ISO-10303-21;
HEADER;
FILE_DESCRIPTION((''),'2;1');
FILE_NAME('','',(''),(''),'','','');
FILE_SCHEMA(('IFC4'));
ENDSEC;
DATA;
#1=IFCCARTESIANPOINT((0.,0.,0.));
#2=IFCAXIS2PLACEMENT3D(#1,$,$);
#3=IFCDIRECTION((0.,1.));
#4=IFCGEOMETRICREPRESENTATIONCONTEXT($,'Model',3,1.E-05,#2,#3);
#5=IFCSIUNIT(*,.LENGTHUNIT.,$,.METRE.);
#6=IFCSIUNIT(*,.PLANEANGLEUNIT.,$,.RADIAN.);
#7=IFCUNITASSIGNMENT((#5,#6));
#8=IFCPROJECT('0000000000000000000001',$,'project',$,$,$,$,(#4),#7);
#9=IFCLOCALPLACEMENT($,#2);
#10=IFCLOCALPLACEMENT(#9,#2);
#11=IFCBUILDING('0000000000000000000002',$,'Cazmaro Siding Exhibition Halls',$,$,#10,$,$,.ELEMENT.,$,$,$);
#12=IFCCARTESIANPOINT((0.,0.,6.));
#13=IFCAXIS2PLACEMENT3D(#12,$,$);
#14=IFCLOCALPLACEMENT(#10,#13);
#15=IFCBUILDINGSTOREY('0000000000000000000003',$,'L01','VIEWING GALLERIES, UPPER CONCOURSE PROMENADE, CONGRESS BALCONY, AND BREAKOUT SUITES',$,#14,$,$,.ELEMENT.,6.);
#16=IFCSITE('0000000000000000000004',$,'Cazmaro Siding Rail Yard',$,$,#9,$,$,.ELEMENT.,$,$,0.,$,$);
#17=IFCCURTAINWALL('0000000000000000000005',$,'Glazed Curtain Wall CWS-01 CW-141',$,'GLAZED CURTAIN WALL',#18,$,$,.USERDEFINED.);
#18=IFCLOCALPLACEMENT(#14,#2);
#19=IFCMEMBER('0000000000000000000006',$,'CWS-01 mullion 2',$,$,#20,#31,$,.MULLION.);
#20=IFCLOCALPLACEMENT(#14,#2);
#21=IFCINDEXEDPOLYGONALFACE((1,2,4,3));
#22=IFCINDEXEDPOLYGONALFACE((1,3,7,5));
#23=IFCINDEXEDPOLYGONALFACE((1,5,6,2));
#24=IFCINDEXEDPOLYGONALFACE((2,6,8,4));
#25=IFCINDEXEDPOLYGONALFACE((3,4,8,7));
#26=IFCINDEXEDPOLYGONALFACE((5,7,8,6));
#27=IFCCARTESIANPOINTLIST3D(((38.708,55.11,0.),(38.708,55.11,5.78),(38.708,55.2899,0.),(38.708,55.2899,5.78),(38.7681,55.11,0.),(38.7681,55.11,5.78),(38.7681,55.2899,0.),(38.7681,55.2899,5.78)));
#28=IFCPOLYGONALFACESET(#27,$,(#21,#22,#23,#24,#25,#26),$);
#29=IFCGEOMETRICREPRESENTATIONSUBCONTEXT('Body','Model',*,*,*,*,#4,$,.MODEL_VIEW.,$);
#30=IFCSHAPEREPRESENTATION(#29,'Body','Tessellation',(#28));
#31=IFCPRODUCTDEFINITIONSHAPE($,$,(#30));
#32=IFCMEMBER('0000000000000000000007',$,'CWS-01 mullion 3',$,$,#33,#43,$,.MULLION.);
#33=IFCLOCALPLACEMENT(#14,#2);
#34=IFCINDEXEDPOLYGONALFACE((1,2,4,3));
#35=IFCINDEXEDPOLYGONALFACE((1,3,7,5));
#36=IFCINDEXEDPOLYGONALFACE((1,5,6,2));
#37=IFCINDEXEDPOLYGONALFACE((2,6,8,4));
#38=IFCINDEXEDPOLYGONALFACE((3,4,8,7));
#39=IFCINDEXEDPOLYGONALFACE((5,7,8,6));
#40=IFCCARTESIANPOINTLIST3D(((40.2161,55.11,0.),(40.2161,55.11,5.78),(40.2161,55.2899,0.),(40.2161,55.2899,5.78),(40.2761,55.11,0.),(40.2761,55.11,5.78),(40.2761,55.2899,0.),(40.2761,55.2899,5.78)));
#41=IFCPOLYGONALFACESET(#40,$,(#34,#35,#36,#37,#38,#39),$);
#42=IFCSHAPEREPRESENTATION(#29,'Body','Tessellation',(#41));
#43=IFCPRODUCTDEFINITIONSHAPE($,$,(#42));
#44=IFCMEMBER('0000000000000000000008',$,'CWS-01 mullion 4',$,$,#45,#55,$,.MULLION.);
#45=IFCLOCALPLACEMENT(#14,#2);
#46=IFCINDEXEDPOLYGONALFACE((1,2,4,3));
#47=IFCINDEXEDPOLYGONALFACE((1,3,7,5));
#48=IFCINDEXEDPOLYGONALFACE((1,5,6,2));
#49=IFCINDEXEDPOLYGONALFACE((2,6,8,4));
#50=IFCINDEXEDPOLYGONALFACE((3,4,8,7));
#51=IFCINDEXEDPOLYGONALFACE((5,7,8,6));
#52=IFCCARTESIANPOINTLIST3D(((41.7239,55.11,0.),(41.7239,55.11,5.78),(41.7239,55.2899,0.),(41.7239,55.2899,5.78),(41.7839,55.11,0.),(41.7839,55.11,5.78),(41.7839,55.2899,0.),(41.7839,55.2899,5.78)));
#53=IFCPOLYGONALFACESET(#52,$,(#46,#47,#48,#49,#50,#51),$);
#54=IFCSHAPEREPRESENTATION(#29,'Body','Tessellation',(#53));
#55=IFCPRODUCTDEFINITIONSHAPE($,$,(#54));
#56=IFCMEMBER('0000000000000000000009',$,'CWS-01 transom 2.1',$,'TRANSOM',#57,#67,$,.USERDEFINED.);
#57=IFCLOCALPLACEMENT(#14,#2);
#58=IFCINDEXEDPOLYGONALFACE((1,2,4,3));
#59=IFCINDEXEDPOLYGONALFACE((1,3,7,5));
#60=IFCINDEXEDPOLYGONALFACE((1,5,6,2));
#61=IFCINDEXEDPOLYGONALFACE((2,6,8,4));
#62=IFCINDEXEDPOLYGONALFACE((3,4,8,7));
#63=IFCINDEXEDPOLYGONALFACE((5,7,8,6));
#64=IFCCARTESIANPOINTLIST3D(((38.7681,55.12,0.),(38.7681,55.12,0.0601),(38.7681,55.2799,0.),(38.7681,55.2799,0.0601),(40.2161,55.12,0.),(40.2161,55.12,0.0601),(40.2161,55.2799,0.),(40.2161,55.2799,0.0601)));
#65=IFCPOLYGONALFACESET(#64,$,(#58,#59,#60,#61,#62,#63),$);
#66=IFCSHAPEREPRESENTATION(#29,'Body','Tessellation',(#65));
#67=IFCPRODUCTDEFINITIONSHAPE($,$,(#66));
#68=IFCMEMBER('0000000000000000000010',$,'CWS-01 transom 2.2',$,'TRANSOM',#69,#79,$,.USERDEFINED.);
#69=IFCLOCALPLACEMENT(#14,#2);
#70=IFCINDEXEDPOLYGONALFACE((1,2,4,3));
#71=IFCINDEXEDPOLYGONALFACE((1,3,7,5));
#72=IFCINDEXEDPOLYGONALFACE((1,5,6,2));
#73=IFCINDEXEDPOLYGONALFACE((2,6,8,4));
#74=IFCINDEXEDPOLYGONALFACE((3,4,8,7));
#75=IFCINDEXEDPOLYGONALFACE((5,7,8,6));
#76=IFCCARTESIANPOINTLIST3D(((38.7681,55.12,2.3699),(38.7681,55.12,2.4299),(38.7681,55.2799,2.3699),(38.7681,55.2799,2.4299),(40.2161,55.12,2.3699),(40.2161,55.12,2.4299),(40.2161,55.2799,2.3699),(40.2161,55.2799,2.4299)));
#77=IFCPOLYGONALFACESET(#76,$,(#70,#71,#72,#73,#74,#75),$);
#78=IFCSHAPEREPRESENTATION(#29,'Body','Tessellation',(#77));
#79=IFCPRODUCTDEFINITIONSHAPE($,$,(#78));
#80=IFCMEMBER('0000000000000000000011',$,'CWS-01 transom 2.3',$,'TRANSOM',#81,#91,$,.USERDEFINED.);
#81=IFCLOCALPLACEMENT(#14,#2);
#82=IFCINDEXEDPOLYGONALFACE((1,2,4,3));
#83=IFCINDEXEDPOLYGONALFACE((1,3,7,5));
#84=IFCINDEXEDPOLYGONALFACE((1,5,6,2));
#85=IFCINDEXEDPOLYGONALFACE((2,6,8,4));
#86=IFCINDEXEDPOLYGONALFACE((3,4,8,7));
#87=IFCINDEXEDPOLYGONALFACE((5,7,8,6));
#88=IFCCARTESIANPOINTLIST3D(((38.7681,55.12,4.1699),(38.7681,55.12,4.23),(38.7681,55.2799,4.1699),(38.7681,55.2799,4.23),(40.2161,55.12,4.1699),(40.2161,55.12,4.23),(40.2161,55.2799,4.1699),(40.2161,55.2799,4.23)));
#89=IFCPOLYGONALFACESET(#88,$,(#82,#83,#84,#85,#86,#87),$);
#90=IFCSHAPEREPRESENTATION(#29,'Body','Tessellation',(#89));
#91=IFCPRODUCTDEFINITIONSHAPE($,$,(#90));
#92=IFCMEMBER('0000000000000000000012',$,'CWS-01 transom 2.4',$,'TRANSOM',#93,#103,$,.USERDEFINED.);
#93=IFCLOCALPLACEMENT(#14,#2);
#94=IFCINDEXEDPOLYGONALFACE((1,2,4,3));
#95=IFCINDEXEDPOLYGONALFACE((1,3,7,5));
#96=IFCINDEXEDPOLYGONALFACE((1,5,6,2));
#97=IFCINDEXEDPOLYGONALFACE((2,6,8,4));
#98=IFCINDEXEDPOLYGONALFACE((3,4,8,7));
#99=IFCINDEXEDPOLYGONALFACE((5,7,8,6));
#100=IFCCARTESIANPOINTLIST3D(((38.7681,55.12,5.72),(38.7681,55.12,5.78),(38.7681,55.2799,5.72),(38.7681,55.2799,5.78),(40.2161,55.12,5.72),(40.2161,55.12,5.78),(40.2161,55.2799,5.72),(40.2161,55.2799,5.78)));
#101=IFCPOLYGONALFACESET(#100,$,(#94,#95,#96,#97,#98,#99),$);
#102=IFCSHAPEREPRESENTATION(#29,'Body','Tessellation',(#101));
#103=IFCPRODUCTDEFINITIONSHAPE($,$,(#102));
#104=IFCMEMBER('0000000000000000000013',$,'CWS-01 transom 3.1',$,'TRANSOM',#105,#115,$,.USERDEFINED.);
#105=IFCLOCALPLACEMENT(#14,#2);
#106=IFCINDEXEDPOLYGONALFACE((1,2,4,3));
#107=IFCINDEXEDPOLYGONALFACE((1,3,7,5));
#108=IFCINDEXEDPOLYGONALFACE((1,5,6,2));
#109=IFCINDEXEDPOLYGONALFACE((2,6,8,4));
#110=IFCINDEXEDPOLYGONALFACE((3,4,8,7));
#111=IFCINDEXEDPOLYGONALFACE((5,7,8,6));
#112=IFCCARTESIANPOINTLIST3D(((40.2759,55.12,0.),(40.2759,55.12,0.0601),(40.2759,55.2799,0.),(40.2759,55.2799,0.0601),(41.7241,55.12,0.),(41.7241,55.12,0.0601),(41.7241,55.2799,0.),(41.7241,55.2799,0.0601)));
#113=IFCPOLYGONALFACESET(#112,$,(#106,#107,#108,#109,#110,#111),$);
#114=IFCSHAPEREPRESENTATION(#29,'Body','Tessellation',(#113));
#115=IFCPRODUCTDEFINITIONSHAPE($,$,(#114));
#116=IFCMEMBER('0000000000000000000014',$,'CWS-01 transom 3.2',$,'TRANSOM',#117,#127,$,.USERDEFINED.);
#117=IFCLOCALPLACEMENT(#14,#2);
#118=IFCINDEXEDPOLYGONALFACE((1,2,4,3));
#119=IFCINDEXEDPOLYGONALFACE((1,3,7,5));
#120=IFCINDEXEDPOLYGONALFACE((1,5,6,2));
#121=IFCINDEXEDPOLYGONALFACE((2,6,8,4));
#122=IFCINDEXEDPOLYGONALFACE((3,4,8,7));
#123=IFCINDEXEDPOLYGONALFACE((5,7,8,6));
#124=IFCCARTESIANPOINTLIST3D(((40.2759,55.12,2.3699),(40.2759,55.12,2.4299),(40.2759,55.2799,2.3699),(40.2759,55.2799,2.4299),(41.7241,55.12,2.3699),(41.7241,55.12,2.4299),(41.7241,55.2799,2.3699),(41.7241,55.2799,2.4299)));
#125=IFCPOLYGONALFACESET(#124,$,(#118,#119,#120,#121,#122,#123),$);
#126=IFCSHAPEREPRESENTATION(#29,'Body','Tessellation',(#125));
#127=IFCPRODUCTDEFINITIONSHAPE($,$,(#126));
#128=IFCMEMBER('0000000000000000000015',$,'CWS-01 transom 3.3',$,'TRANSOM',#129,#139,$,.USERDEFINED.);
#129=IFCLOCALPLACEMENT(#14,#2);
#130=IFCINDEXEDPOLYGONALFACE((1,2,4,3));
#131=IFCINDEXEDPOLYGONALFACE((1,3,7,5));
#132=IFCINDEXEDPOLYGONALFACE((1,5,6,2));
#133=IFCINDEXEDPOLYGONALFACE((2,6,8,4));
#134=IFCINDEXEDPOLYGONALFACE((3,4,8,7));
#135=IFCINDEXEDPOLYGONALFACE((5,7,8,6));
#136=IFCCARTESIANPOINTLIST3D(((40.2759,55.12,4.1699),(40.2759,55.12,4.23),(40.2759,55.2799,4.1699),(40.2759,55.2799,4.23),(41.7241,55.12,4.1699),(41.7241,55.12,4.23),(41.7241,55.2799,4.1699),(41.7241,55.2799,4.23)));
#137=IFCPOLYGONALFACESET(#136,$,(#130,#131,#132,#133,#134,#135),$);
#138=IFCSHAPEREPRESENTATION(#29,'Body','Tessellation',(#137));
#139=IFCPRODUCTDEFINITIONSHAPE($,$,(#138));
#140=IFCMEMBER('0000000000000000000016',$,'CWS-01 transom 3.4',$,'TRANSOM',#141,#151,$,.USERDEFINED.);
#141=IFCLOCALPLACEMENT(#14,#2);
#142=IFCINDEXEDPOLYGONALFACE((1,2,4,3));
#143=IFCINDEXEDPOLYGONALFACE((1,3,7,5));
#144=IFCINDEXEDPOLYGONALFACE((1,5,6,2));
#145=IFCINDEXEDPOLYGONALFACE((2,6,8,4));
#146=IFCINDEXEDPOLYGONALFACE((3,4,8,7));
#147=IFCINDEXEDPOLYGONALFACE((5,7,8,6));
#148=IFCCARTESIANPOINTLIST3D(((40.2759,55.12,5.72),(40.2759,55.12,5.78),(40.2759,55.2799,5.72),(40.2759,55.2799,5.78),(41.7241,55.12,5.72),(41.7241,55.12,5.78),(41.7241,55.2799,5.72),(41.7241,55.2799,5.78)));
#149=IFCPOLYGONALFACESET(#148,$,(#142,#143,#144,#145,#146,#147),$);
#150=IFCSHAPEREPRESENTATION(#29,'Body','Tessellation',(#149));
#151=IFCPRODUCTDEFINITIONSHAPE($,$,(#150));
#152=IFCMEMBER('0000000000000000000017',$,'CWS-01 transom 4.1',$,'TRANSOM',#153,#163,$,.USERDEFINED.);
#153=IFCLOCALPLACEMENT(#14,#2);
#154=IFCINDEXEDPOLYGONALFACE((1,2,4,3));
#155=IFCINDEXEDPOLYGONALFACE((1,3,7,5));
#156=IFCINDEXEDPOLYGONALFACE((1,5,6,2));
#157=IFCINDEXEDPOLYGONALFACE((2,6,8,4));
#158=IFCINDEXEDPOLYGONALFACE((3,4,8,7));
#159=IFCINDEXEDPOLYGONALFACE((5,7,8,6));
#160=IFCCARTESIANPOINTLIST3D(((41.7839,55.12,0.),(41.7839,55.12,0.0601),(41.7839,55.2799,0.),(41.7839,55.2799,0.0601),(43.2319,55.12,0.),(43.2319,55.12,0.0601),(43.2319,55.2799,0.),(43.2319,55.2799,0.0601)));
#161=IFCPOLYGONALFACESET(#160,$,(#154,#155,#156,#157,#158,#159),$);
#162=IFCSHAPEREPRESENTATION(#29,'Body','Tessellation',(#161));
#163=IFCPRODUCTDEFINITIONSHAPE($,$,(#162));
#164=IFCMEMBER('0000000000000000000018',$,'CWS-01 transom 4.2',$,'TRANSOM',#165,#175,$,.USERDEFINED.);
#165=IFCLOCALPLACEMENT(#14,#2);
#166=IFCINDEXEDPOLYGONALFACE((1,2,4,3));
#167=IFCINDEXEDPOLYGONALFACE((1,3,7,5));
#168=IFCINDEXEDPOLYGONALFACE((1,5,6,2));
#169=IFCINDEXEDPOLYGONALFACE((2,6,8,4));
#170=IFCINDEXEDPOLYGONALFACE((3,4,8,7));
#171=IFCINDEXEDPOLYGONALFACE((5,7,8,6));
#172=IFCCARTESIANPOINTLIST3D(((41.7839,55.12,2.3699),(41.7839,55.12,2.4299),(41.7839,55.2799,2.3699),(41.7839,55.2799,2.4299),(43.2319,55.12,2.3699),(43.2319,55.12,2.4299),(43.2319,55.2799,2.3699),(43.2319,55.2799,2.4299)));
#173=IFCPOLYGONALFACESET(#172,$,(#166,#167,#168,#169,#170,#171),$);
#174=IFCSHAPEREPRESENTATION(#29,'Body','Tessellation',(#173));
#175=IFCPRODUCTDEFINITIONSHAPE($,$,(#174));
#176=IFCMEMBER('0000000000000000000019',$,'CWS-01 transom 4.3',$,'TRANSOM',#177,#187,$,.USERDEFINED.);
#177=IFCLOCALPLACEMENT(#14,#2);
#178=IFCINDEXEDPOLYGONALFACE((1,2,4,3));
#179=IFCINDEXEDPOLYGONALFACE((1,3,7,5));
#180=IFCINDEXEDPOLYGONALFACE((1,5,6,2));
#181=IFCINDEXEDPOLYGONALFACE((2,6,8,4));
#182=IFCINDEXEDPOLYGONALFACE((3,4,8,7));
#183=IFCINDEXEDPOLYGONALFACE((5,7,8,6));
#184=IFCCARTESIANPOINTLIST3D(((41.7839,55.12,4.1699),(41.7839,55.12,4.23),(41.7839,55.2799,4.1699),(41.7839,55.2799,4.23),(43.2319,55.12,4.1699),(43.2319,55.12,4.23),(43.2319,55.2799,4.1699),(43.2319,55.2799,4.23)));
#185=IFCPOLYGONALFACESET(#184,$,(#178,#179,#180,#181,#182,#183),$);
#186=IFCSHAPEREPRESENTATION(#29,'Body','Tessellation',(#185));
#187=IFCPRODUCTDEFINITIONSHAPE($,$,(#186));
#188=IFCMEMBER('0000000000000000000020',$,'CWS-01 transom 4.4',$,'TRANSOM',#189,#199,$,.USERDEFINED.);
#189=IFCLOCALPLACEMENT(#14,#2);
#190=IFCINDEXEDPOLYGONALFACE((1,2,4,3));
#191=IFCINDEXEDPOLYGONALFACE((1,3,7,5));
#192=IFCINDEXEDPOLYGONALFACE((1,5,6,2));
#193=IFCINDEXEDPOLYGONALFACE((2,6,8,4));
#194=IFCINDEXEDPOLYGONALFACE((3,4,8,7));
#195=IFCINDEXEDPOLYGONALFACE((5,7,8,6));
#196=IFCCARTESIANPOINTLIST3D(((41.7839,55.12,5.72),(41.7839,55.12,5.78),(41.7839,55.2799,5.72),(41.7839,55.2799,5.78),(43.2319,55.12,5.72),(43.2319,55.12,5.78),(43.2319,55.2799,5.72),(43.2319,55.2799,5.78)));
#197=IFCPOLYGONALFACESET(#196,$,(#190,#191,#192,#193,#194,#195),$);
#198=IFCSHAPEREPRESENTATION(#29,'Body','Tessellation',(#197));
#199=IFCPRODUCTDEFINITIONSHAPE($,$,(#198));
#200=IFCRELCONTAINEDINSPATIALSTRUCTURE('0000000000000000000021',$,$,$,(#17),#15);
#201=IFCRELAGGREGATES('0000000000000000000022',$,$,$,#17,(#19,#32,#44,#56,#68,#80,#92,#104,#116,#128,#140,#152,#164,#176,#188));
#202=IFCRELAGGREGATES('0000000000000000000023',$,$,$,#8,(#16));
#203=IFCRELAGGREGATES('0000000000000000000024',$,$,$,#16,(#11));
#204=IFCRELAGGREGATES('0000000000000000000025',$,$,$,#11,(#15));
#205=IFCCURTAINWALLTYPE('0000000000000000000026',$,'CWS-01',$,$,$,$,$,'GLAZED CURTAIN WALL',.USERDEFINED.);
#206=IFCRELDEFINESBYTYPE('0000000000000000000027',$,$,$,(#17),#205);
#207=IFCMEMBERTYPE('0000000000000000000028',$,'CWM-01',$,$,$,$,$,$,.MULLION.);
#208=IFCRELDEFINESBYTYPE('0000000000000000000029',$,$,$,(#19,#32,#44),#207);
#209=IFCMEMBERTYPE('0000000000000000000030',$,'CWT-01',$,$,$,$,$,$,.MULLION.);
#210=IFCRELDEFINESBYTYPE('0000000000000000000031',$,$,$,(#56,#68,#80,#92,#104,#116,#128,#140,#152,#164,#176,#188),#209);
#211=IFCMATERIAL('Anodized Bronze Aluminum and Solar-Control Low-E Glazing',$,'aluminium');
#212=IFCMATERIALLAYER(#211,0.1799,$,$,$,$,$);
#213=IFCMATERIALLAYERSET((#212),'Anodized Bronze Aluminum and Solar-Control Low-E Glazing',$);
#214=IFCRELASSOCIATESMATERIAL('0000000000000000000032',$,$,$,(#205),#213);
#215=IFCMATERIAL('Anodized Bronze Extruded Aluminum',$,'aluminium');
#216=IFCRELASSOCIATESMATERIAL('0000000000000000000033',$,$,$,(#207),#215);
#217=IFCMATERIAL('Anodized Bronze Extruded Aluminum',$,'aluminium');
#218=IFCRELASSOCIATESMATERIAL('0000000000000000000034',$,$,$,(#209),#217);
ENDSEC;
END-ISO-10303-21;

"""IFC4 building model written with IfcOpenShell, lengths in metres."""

from ifc_helpers import new_model, si_unit, direction, frame, origin, origin_2d, place, context, subcontext, project, spatial, rectangle, extrude, material, layer, layer_set, material_profile, profile_set, type_object, element, aggregate, save


model = new_model("IFC4")

# Units and contexts
model_context = context("Model", 3, precision=1e-05, world=origin(), true_north=direction((0.0, 1.0)))
body_context = subcontext(model_context, "Body", "Model", "MODEL_VIEW")
ifc_project = project(units=[si_unit("LENGTHUNIT", "METRE"), si_unit("PLANEANGLEUNIT", "RADIAN")], contexts=[model_context])

# Site, building, storey
site_placement = place(None, origin())
site = spatial("IfcSite", under=ifc_project, at=site_placement, Name="Cazmaro Siding Rail Yard", CompositionType="ELEMENT", RefElevation=0.0)
building_placement = place(site_placement, origin())
building = spatial("IfcBuilding", under=site, at=building_placement, Name="Cazmaro Siding Exhibition Halls", CompositionType="ELEMENT")
storey_placement = place(building_placement, frame((0.0, 0.0, 6.0)))
storey = spatial("IfcBuildingStorey", under=building, at=storey_placement, Name="L01", Description="VIEWING GALLERIES, UPPER CONCOURSE PROMENADE, CONGRESS BALCONY, AND BREAKOUT SUITES", CompositionType="ELEMENT", Elevation=6.0)

# Curtain wall, members
ifc_material_1 = material(Name="Anodized Bronze Aluminum and Solar-Control Low-E Glazing", Category="aluminium")
ifc_layer_1 = layer(ifc_material_1, 0.1799)
ifc_layer_set_1 = layer_set([ifc_layer_1], Name="Anodized Bronze Aluminum and Solar-Control Low-E Glazing")
curtain_wall_type = type_object("IfcCurtainWallType", Name="CWS-01", ElementType="GLAZED CURTAIN WALL", PredefinedType="USERDEFINED", material=ifc_layer_set_1)
curtain_wall_placement = place(storey_placement, origin())
curtain_wall = element("IfcCurtainWall", 1, at=curtain_wall_placement, inside=storey, type_object=curtain_wall_type, Name="Glazed Curtain Wall CWS-01 CW-141", ObjectType="GLAZED CURTAIN WALL", PredefinedType="USERDEFINED")
ifc_material_2 = material(Name="Anodized Bronze Extruded Aluminum", Category="aluminium")
ifc_material_profile_1 = material_profile(ifc_material_2, rectangle(XDim=0.1799, YDim=0.0601, at=origin_2d()), Name="CWM-01")
ifc_profile_set_1 = profile_set([ifc_material_profile_1], Name="Anodized Bronze Extruded Aluminum")
member_type_1 = type_object("IfcMemberType", Name="CWM-01", PredefinedType="MULLION", material=ifc_profile_set_1)
member_1_placement = place(storey_placement, frame((38.738, 55.2, 0.0), z_axis=(0.0, 0.0, 1.0), x_axis=(0.0, 1.0, 0.0)))
member_1 = element("IfcMember", 2, at=member_1_placement, type_object=member_type_1, Name="CWS-01 mullion 2", PredefinedType="MULLION", context=body_context, shape_type="SweptSolid", body=[
    extrude(rectangle(XDim=0.1799, YDim=0.0601, at=origin_2d()), origin(), (0.0, 0.0, 1.0), 5.78),
])
member_2_placement = place(storey_placement, frame((40.2461, 55.2, 0.0), z_axis=(0.0, 0.0, 1.0), x_axis=(0.0, 1.0, 0.0)))
member_2 = element("IfcMember", 3, at=member_2_placement, type_object=member_type_1, Name="CWS-01 mullion 3", PredefinedType="MULLION", context=body_context, shape_type="SweptSolid", body=[
    extrude(rectangle(XDim=0.1799, YDim=0.0601, at=origin_2d()), origin(), (0.0, 0.0, 1.0), 5.78),
])
member_3_placement = place(storey_placement, frame((41.7539, 55.2, 0.0), z_axis=(0.0, 0.0, 1.0), x_axis=(0.0, 1.0, 0.0)))
member_3 = element("IfcMember", 4, at=member_3_placement, type_object=member_type_1, Name="CWS-01 mullion 4", PredefinedType="MULLION", context=body_context, shape_type="SweptSolid", body=[
    extrude(rectangle(XDim=0.1799, YDim=0.0601, at=origin_2d()), origin(), (0.0, 0.0, 1.0), 5.78),
])
ifc_material_3 = material(Name="Anodized Bronze Extruded Aluminum", Category="aluminium")
ifc_material_profile_2 = material_profile(ifc_material_3, rectangle(XDim=0.1599, YDim=0.0601, at=origin_2d()), Name="CWT-01")
ifc_profile_set_2 = profile_set([ifc_material_profile_2], Name="Anodized Bronze Extruded Aluminum")
member_type_2 = type_object("IfcMemberType", Name="CWT-01", PredefinedType="MULLION", material=ifc_profile_set_2)
member_4_placement = place(storey_placement, frame((38.7681, 55.2, 0.03), z_axis=(1.0, 0.0, 0.0), x_axis=(0.0, 1.0, 0.0)))
member_4 = element("IfcMember", 5, at=member_4_placement, type_object=member_type_2, Name="CWS-01 transom 2.1", ObjectType="TRANSOM", PredefinedType="USERDEFINED", context=body_context, shape_type="SweptSolid", body=[
    extrude(rectangle(XDim=0.1599, YDim=0.0601, at=origin_2d()), origin(), (0.0, 0.0, 1.0), 1.448),
])
member_5_placement = place(storey_placement, frame((38.7681, 55.2, 2.3999), z_axis=(1.0, 0.0, 0.0), x_axis=(0.0, 1.0, 0.0)))
member_5 = element("IfcMember", 6, at=member_5_placement, type_object=member_type_2, Name="CWS-01 transom 2.2", ObjectType="TRANSOM", PredefinedType="USERDEFINED", context=body_context, shape_type="SweptSolid", body=[
    extrude(rectangle(XDim=0.1599, YDim=0.0601, at=origin_2d()), origin(), (0.0, 0.0, 1.0), 1.448),
])
member_6_placement = place(storey_placement, frame((38.7681, 55.2, 4.2), z_axis=(1.0, 0.0, 0.0), x_axis=(0.0, 1.0, 0.0)))
member_6 = element("IfcMember", 7, at=member_6_placement, type_object=member_type_2, Name="CWS-01 transom 2.3", ObjectType="TRANSOM", PredefinedType="USERDEFINED", context=body_context, shape_type="SweptSolid", body=[
    extrude(rectangle(XDim=0.1599, YDim=0.0601, at=origin_2d()), origin(), (0.0, 0.0, 1.0), 1.448),
])
member_7_placement = place(storey_placement, frame((38.7681, 55.2, 5.75), z_axis=(1.0, 0.0, 0.0), x_axis=(0.0, 1.0, 0.0)))
member_7 = element("IfcMember", 8, at=member_7_placement, type_object=member_type_2, Name="CWS-01 transom 2.4", ObjectType="TRANSOM", PredefinedType="USERDEFINED", context=body_context, shape_type="SweptSolid", body=[
    extrude(rectangle(XDim=0.1599, YDim=0.0601, at=origin_2d()), origin(), (0.0, 0.0, 1.0), 1.448),
])
member_8_placement = place(storey_placement, frame((40.2759, 55.2, 0.03), z_axis=(1.0, 0.0, 0.0), x_axis=(0.0, 1.0, 0.0)))
member_8 = element("IfcMember", 9, at=member_8_placement, type_object=member_type_2, Name="CWS-01 transom 3.1", ObjectType="TRANSOM", PredefinedType="USERDEFINED", context=body_context, shape_type="SweptSolid", body=[
    extrude(rectangle(XDim=0.1599, YDim=0.0601, at=origin_2d()), origin(), (0.0, 0.0, 1.0), 1.4482),
])
member_9_placement = place(storey_placement, frame((40.2759, 55.2, 2.3999), z_axis=(1.0, 0.0, 0.0), x_axis=(0.0, 1.0, 0.0)))
member_9 = element("IfcMember", 10, at=member_9_placement, type_object=member_type_2, Name="CWS-01 transom 3.2", ObjectType="TRANSOM", PredefinedType="USERDEFINED", context=body_context, shape_type="SweptSolid", body=[
    extrude(rectangle(XDim=0.1599, YDim=0.0601, at=origin_2d()), origin(), (0.0, 0.0, 1.0), 1.4482),
])
member_10_placement = place(storey_placement, frame((40.2759, 55.2, 4.2), z_axis=(1.0, 0.0, 0.0), x_axis=(0.0, 1.0, 0.0)))
member_10 = element("IfcMember", 11, at=member_10_placement, type_object=member_type_2, Name="CWS-01 transom 3.3", ObjectType="TRANSOM", PredefinedType="USERDEFINED", context=body_context, shape_type="SweptSolid", body=[
    extrude(rectangle(XDim=0.1599, YDim=0.0601, at=origin_2d()), origin(), (0.0, 0.0, 1.0), 1.4482),
])
member_11_placement = place(storey_placement, frame((40.2759, 55.2, 5.75), z_axis=(1.0, 0.0, 0.0), x_axis=(0.0, 1.0, 0.0)))
member_11 = element("IfcMember", 12, at=member_11_placement, type_object=member_type_2, Name="CWS-01 transom 3.4", ObjectType="TRANSOM", PredefinedType="USERDEFINED", context=body_context, shape_type="SweptSolid", body=[
    extrude(rectangle(XDim=0.1599, YDim=0.0601, at=origin_2d()), origin(), (0.0, 0.0, 1.0), 1.4482),
])
member_12_placement = place(storey_placement, frame((41.7839, 55.2, 0.03), z_axis=(1.0, 0.0, 0.0), x_axis=(0.0, 1.0, 0.0)))
member_12 = element("IfcMember", 13, at=member_12_placement, type_object=member_type_2, Name="CWS-01 transom 4.1", ObjectType="TRANSOM", PredefinedType="USERDEFINED", context=body_context, shape_type="SweptSolid", body=[
    extrude(rectangle(XDim=0.1599, YDim=0.0601, at=origin_2d()), origin(), (0.0, 0.0, 1.0), 1.448),
])
member_13_placement = place(storey_placement, frame((41.7839, 55.2, 2.3999), z_axis=(1.0, 0.0, 0.0), x_axis=(0.0, 1.0, 0.0)))
member_13 = element("IfcMember", 14, at=member_13_placement, type_object=member_type_2, Name="CWS-01 transom 4.2", ObjectType="TRANSOM", PredefinedType="USERDEFINED", context=body_context, shape_type="SweptSolid", body=[
    extrude(rectangle(XDim=0.1599, YDim=0.0601, at=origin_2d()), origin(), (0.0, 0.0, 1.0), 1.448),
])
member_14_placement = place(storey_placement, frame((41.7839, 55.2, 4.2), z_axis=(1.0, 0.0, 0.0), x_axis=(0.0, 1.0, 0.0)))
member_14 = element("IfcMember", 15, at=member_14_placement, type_object=member_type_2, Name="CWS-01 transom 4.3", ObjectType="TRANSOM", PredefinedType="USERDEFINED", context=body_context, shape_type="SweptSolid", body=[
    extrude(rectangle(XDim=0.1599, YDim=0.0601, at=origin_2d()), origin(), (0.0, 0.0, 1.0), 1.448),
])
member_15_placement = place(storey_placement, frame((41.7839, 55.2, 5.75), z_axis=(1.0, 0.0, 0.0), x_axis=(0.0, 1.0, 0.0)))
member_15 = element("IfcMember", 16, at=member_15_placement, type_object=member_type_2, Name="CWS-01 transom 4.4", ObjectType="TRANSOM", PredefinedType="USERDEFINED", context=body_context, shape_type="SweptSolid", body=[
    extrude(rectangle(XDim=0.1599, YDim=0.0601, at=origin_2d()), origin(), (0.0, 0.0, 1.0), 1.448),
])
aggregate(curtain_wall, [member_1, member_2, member_3, member_4, member_5, member_6, member_7, member_8, member_9, member_10, member_11, member_12, member_13, member_14, member_15])

save(model, "model.ifc")
